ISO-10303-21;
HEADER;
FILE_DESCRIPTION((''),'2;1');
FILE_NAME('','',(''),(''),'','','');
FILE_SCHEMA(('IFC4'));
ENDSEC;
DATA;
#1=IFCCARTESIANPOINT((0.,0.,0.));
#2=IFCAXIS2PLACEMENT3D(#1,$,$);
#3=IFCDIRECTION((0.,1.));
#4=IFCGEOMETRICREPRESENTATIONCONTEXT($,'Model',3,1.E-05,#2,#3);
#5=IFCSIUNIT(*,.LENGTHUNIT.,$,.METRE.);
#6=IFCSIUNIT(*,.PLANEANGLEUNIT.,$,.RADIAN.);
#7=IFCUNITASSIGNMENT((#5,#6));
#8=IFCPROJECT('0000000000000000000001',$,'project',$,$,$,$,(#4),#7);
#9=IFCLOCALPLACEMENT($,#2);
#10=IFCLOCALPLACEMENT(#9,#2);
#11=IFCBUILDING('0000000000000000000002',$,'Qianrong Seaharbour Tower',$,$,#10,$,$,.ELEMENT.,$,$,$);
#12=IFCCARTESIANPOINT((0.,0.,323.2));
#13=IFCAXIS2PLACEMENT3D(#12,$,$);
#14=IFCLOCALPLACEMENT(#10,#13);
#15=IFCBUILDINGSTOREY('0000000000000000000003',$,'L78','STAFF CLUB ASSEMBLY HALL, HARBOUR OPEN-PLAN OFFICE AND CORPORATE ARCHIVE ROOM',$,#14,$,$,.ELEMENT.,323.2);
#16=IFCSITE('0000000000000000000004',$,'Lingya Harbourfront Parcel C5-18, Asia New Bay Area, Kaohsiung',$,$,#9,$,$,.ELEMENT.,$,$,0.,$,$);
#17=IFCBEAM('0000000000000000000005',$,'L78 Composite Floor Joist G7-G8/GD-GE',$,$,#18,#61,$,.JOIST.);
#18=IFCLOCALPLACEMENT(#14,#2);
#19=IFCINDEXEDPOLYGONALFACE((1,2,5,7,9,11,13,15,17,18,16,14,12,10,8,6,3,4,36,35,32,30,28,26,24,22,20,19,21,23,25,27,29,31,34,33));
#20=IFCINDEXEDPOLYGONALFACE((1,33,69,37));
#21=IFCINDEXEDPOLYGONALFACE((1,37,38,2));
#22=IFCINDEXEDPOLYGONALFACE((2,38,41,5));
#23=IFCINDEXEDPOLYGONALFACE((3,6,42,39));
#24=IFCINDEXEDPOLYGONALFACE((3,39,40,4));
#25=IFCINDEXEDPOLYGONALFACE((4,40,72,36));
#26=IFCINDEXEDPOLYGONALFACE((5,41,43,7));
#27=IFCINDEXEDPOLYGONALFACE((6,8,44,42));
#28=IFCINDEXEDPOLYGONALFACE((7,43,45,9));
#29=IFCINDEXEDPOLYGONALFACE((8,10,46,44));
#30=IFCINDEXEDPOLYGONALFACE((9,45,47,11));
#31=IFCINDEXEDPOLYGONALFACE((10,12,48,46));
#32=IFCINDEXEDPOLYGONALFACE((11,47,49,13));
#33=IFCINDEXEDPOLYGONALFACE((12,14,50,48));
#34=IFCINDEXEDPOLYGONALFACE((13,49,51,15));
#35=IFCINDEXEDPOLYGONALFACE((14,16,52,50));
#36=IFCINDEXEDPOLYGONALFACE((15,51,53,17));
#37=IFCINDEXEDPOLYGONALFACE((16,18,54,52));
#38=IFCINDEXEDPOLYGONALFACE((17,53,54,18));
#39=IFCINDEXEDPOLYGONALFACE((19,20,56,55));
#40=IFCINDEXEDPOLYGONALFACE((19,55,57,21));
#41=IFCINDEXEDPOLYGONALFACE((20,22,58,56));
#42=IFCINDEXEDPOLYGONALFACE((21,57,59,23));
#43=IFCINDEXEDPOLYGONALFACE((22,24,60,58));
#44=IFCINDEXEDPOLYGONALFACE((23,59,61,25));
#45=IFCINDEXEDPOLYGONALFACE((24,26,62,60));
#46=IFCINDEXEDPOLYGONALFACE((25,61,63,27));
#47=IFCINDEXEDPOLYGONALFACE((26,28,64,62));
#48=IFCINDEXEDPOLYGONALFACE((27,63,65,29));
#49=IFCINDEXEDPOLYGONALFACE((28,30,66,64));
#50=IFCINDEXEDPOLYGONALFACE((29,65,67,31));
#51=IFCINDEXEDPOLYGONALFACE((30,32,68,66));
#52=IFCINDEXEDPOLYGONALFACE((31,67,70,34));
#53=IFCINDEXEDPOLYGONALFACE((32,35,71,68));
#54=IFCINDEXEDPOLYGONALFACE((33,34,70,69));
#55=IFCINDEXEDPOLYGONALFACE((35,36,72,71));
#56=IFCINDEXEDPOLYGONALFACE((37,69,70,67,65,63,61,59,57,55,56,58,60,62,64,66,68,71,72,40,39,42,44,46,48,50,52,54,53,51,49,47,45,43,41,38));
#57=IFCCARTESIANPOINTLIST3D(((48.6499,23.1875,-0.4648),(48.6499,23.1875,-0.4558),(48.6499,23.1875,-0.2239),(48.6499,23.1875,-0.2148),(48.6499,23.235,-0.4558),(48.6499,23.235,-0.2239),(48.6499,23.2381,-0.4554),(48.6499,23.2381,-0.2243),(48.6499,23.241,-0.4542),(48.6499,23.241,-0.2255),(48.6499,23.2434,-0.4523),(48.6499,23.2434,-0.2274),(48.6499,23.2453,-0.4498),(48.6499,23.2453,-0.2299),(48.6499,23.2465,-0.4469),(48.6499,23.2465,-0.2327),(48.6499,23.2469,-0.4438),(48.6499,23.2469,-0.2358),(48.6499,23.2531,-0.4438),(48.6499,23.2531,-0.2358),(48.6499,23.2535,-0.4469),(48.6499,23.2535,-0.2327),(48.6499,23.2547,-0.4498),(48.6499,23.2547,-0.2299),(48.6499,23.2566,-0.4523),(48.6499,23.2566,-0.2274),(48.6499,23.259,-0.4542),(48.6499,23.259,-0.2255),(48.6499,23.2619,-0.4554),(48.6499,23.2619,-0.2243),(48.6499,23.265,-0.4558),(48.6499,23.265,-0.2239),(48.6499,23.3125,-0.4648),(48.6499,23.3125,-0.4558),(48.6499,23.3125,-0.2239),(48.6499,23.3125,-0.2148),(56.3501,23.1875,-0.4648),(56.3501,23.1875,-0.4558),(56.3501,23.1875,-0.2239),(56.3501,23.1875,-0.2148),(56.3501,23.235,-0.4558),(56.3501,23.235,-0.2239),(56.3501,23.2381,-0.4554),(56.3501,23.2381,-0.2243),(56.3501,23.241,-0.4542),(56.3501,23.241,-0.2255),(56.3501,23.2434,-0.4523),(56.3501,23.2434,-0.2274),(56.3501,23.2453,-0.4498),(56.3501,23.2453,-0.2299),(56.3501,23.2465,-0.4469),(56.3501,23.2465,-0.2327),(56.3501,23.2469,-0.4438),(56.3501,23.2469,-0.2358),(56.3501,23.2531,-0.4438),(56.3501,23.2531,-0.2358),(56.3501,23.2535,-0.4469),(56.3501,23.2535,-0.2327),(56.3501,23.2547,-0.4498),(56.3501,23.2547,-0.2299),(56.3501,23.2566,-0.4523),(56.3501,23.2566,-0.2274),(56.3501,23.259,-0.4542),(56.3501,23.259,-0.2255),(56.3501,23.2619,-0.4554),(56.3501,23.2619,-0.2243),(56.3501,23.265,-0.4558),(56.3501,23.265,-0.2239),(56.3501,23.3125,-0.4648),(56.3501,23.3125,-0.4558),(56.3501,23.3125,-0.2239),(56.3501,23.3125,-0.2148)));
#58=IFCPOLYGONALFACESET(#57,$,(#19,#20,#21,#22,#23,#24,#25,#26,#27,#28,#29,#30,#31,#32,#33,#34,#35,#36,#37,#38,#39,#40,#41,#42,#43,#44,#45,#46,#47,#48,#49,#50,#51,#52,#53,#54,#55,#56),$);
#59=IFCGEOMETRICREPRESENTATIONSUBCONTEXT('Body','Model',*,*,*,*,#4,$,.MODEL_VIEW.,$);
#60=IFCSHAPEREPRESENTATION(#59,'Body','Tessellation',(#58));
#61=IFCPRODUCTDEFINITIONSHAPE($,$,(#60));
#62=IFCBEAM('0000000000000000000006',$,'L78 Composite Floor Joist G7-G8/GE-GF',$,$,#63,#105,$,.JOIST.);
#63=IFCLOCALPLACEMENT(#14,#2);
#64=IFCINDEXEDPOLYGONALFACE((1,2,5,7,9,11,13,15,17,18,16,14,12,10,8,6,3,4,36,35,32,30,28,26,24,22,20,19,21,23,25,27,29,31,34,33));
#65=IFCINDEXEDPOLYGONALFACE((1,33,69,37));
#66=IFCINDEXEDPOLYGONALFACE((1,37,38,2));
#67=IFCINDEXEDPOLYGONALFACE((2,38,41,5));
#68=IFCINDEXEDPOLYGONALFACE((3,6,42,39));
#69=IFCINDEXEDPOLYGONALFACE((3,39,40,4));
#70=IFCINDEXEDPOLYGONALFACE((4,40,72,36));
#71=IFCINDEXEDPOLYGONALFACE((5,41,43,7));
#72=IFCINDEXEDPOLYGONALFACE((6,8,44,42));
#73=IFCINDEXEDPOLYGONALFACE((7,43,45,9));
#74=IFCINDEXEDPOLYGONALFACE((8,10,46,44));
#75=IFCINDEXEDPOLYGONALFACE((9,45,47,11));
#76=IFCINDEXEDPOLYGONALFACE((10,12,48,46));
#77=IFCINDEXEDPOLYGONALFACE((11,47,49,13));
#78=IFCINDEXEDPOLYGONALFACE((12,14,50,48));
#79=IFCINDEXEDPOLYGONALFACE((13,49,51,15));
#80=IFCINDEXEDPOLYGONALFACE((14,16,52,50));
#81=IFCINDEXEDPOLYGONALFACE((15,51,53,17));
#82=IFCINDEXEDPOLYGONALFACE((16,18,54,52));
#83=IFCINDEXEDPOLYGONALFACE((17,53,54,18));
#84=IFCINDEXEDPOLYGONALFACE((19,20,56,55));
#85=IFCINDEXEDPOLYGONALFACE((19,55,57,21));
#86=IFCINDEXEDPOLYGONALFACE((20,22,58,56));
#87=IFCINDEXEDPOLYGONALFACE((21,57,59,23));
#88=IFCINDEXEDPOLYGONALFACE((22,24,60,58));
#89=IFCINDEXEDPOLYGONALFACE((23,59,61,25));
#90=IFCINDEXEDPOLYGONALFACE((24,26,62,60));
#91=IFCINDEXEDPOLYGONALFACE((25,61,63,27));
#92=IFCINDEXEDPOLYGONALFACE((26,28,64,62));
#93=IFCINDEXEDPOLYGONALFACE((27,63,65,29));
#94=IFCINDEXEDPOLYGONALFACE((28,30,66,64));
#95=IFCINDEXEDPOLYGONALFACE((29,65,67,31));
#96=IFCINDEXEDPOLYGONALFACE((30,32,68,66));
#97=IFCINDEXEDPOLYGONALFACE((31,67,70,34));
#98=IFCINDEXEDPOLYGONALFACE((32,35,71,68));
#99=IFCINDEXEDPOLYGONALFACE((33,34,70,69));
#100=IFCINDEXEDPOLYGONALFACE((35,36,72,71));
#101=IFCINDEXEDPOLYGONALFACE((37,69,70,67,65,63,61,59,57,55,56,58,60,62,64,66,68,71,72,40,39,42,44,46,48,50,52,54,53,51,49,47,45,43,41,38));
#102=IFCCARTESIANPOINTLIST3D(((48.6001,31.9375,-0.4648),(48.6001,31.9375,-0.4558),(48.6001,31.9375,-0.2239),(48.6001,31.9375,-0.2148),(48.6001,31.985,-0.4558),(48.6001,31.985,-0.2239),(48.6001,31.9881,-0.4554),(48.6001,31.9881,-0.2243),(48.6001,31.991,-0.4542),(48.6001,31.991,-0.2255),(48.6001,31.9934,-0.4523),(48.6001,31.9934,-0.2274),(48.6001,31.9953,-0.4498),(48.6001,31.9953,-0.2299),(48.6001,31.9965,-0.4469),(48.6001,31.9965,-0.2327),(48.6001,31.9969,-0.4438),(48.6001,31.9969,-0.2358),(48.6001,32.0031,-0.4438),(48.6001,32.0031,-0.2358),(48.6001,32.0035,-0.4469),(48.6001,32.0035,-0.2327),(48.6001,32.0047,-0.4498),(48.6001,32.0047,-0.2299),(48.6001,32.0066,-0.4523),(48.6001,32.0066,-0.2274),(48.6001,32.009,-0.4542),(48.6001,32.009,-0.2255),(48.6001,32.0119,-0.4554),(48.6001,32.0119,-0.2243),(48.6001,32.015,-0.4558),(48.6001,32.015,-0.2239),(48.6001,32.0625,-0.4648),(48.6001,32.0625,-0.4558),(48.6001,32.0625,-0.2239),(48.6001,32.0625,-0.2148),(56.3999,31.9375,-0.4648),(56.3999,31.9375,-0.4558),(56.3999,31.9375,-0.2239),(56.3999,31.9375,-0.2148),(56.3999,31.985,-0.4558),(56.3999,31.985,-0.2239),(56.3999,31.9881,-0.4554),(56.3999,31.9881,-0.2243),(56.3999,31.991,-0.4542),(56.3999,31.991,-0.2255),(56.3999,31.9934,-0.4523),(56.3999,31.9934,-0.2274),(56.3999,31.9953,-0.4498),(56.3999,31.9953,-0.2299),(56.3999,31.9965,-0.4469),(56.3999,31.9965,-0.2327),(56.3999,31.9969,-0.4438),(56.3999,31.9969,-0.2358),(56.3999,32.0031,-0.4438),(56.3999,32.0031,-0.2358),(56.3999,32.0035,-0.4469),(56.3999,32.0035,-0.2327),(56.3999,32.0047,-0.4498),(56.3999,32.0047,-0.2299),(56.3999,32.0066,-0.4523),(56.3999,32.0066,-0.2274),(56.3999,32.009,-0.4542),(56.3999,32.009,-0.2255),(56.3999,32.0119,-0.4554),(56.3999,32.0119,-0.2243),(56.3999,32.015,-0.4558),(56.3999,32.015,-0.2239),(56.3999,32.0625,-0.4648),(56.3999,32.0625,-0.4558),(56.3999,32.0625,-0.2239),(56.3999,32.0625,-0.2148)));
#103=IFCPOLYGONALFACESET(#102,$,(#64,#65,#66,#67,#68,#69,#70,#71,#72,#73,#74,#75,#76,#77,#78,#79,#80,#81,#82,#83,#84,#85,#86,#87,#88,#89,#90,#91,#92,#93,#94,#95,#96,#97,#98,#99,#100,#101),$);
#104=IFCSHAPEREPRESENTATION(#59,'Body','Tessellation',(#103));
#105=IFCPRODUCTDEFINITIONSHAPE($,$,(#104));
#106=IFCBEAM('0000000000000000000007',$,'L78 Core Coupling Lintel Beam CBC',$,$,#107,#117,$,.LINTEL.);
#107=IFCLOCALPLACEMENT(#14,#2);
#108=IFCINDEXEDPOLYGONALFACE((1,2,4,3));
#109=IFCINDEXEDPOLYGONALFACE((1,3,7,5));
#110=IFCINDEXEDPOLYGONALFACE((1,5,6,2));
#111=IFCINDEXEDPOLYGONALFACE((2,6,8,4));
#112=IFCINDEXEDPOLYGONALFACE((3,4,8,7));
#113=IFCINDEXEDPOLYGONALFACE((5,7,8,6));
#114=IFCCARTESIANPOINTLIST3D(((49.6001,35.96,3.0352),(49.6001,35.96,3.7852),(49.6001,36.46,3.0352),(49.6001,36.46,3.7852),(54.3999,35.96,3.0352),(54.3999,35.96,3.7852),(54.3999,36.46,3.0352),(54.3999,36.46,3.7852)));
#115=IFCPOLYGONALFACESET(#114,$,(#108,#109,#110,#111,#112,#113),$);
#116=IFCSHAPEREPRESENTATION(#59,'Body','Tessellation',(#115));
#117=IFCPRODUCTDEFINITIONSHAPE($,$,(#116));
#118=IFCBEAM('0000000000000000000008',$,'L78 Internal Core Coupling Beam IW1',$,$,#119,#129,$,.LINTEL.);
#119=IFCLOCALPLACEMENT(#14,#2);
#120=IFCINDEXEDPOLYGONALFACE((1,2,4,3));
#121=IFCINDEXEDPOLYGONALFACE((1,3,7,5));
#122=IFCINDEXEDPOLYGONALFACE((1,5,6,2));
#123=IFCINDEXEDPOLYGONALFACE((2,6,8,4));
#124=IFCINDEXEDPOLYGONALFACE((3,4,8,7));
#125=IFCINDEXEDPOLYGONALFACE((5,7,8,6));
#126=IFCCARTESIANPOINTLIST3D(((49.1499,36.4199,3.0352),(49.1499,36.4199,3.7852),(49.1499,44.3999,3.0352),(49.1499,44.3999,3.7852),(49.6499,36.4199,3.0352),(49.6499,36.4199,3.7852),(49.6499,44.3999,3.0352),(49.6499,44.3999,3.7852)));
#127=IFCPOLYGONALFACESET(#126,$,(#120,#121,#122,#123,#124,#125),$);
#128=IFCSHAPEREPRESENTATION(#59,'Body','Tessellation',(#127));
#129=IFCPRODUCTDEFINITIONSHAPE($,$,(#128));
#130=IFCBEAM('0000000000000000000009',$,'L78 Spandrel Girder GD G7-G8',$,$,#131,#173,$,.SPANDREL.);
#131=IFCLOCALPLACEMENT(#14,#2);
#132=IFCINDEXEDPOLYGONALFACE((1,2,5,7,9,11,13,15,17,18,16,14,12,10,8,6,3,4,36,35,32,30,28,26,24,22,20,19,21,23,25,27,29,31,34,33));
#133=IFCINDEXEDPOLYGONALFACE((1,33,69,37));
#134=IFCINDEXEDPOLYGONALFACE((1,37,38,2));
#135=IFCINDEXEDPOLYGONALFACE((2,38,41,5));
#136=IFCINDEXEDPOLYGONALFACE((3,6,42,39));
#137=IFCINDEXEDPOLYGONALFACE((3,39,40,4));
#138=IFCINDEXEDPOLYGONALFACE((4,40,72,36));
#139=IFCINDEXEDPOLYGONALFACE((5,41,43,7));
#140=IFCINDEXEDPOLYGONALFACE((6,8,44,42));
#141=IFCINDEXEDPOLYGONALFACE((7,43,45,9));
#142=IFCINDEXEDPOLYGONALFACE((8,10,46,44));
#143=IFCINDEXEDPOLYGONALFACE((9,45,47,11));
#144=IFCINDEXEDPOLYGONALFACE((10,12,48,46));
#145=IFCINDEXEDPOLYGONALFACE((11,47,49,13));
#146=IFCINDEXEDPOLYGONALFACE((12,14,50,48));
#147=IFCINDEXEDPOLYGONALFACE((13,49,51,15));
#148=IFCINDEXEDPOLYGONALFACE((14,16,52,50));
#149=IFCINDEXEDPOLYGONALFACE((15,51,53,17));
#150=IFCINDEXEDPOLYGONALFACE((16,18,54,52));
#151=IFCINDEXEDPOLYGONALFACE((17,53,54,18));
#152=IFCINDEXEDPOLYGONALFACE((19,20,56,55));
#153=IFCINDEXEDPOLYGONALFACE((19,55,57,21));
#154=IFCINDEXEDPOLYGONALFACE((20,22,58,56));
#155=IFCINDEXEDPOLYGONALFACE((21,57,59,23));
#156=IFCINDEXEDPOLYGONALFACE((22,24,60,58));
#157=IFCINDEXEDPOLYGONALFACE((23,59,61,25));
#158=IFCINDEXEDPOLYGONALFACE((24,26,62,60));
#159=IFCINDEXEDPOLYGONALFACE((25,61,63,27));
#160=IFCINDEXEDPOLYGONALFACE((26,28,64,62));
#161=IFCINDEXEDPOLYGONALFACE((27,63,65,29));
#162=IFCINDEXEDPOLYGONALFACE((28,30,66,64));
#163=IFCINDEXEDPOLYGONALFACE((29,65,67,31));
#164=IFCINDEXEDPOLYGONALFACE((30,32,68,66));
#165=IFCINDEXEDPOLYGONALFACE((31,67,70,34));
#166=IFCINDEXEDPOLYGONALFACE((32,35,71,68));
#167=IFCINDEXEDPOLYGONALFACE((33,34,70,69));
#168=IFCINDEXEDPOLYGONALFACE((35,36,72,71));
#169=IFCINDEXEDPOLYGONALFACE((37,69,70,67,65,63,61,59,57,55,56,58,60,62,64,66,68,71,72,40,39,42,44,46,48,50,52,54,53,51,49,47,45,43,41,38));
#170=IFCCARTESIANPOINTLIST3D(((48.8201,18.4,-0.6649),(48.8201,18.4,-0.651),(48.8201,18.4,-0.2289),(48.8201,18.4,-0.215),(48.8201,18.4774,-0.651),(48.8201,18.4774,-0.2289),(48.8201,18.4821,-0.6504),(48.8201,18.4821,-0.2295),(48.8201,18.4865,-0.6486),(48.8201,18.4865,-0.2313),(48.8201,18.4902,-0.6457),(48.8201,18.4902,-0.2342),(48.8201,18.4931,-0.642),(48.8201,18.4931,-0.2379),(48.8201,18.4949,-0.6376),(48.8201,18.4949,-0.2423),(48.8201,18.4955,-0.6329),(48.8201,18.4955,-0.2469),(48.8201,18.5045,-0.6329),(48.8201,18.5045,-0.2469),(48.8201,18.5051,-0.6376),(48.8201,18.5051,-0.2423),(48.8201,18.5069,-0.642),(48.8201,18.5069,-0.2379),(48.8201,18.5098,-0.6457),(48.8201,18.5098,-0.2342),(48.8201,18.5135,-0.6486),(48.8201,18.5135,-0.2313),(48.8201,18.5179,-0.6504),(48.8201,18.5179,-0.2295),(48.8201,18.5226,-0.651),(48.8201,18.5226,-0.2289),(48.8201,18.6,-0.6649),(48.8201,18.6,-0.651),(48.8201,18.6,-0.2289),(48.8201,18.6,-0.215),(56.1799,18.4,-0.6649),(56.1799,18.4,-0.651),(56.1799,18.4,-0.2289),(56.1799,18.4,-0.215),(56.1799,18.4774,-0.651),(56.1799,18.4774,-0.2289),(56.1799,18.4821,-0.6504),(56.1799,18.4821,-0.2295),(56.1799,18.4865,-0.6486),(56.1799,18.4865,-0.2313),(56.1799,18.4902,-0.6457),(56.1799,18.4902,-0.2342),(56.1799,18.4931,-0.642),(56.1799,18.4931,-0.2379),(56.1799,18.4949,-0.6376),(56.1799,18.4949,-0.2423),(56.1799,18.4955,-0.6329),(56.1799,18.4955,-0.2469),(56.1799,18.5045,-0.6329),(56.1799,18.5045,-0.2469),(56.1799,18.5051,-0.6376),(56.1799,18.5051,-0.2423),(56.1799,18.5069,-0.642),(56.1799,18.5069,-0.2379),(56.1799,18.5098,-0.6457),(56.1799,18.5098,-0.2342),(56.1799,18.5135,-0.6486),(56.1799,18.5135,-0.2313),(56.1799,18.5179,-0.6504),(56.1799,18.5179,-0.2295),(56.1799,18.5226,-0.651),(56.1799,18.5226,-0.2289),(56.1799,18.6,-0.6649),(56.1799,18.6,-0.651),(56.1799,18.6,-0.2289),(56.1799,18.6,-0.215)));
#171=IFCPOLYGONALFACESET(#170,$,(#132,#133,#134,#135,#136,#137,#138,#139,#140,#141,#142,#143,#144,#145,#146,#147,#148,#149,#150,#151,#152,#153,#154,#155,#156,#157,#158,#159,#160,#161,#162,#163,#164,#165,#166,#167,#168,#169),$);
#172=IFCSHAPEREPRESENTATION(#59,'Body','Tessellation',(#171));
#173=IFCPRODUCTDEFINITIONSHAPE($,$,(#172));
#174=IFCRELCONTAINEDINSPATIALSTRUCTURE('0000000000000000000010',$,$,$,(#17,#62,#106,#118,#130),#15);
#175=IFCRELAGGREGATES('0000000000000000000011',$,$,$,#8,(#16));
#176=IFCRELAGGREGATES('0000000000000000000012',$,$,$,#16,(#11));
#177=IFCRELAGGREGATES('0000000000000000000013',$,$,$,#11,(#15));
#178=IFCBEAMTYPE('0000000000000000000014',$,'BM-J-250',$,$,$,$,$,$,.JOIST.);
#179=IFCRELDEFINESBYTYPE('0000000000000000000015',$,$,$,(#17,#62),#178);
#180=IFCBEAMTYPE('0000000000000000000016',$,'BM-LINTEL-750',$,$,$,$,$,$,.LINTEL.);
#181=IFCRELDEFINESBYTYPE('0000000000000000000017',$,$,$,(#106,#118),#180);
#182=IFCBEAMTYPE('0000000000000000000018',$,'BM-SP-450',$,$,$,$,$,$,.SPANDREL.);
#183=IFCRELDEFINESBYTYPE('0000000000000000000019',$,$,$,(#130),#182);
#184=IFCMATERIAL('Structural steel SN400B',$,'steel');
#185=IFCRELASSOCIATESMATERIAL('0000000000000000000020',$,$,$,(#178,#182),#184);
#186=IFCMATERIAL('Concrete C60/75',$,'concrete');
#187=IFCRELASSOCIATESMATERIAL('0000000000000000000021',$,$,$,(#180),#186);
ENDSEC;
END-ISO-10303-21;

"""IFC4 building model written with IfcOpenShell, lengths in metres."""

from ifc_helpers import new_model, si_unit, direction, frame, origin, origin_2d, place, context, subcontext, project, spatial, rectangle, i_section, extrude, material, material_profile, profile_set, type_object, element, save


model = new_model("IFC4")

# Units and contexts
model_context = context("Model", 3, precision=1e-05, world=origin(), true_north=direction((0.0, 1.0)))
body_context = subcontext(model_context, "Body", "Model", "MODEL_VIEW")
ifc_project = project(units=[si_unit("LENGTHUNIT", "METRE"), si_unit("PLANEANGLEUNIT", "RADIAN")], contexts=[model_context])

# Site, building, storey
site_placement = place(None, origin())
site = spatial("IfcSite", under=ifc_project, at=site_placement, Name="Lingya Harbourfront Parcel C5-18, Asia New Bay Area, Kaohsiung", CompositionType="ELEMENT", RefElevation=0.0)
building_placement = place(site_placement, origin())
building = spatial("IfcBuilding", under=site, at=building_placement, Name="Qianrong Seaharbour Tower", CompositionType="ELEMENT")
storey_placement = place(building_placement, frame((0.0, 0.0, 323.2)))
storey = spatial("IfcBuildingStorey", under=building, at=storey_placement, Name="L78", Description="STAFF CLUB ASSEMBLY HALL, HARBOUR OPEN-PLAN OFFICE AND CORPORATE ARCHIVE ROOM", CompositionType="ELEMENT", Elevation=323.2)

# Shared definitions
ifc_material_1 = material(Name="Structural steel SN400B", Category="steel")

# Beams
ifc_material_profile_1 = material_profile(ifc_material_1, i_section(OverallWidth=0.125, OverallDepth=0.25, WebThickness=0.0061, FlangeThickness=0.009, FilletRadius=0.012, at=origin_2d()), Name="H250x125x6x9")
ifc_profile_set_1 = profile_set([ifc_material_profile_1], Name="Structural steel SN400B")
beam_type_1 = type_object("IfcBeamType", Name="BM-J-250", PredefinedType="JOIST", material=ifc_profile_set_1)
beam_1_placement = place(storey_placement, frame((48.6499, 23.25, -0.3398), z_axis=(1.0, 0.0, 0.0), x_axis=(0.0, 1.0, 0.0)))
element("IfcBeam", 1, at=beam_1_placement, inside=storey, type_object=beam_type_1, Name="L78 Composite Floor Joist G7-G8/GD-GE", PredefinedType="JOIST", context=body_context, shape_type="SweptSolid", body=[
    extrude(i_section(OverallWidth=0.125, OverallDepth=0.25, WebThickness=0.0061, FlangeThickness=0.009, FilletRadius=0.012, at=origin_2d()), origin(), (0.0, 0.0, 1.0), 7.7002),
])
beam_2_placement = place(storey_placement, frame((48.6001, 32.0, -0.3398), z_axis=(1.0, 0.0, 0.0), x_axis=(0.0, 1.0, 0.0)))
element("IfcBeam", 2, at=beam_2_placement, inside=storey, type_object=beam_type_1, Name="L78 Composite Floor Joist G7-G8/GE-GF", PredefinedType="JOIST", context=body_context, shape_type="SweptSolid", body=[
    extrude(i_section(OverallWidth=0.125, OverallDepth=0.25, WebThickness=0.0061, FlangeThickness=0.009, FilletRadius=0.012, at=origin_2d()), origin(), (0.0, 0.0, 1.0), 7.7998),
])
ifc_material_2 = material(Name="Concrete C60/75", Category="concrete")
ifc_material_profile_2 = material_profile(ifc_material_2, rectangle(XDim=0.5, YDim=0.75, at=origin_2d()), Name="RC500x750")
ifc_profile_set_2 = profile_set([ifc_material_profile_2], Name="Concrete C60/75")
beam_type_2 = type_object("IfcBeamType", Name="BM-LINTEL-750", PredefinedType="LINTEL", material=ifc_profile_set_2)
beam_3_placement = place(storey_placement, frame((49.6001, 36.21, 3.4102), z_axis=(1.0, 0.0, 0.0), x_axis=(0.0, 1.0, 0.0)))
element("IfcBeam", 3, at=beam_3_placement, inside=storey, type_object=beam_type_2, Name="L78 Core Coupling Lintel Beam CBC", PredefinedType="LINTEL", context=body_context, shape_type="SweptSolid", body=[
    extrude(rectangle(XDim=0.5, YDim=0.75, at=origin_2d()), origin(), (0.0, 0.0, 1.0), 4.7998),
])
beam_4_placement = place(storey_placement, frame((49.3999, 36.4199, 3.4102), z_axis=(0.0, 1.0, 0.0), x_axis=(-1.0, 0.0, 0.0)))
element("IfcBeam", 4, at=beam_4_placement, inside=storey, type_object=beam_type_2, Name="L78 Internal Core Coupling Beam IW1", PredefinedType="LINTEL", context=body_context, shape_type="SweptSolid", body=[
    extrude(rectangle(XDim=0.5, YDim=0.75, at=origin_2d()), origin(), (0.0, 0.0, 1.0), 7.98),
])
ifc_material_profile_3 = material_profile(ifc_material_1, i_section(OverallWidth=0.2, OverallDepth=0.45, WebThickness=0.009, FlangeThickness=0.0139, FilletRadius=0.0181, at=origin_2d()), Name="H450x200x9x14")
ifc_profile_set_3 = profile_set([ifc_material_profile_3], Name="Structural steel SN400B")
beam_type_3 = type_object("IfcBeamType", Name="BM-SP-450", PredefinedType="SPANDREL", material=ifc_profile_set_3)
beam_5_placement = place(storey_placement, frame((48.8201, 18.5, -0.4399), z_axis=(1.0, 0.0, 0.0), x_axis=(0.0, 1.0, 0.0)))
element("IfcBeam", 5, at=beam_5_placement, inside=storey, type_object=beam_type_3, Name="L78 Spandrel Girder GD G7-G8", PredefinedType="SPANDREL", context=body_context, shape_type="SweptSolid", body=[
    extrude(i_section(OverallWidth=0.2, OverallDepth=0.45, WebThickness=0.009, FlangeThickness=0.0139, FilletRadius=0.0181, at=origin_2d()), origin(), (0.0, 0.0, 1.0), 7.3599),
])

save(model, "model.ifc")
